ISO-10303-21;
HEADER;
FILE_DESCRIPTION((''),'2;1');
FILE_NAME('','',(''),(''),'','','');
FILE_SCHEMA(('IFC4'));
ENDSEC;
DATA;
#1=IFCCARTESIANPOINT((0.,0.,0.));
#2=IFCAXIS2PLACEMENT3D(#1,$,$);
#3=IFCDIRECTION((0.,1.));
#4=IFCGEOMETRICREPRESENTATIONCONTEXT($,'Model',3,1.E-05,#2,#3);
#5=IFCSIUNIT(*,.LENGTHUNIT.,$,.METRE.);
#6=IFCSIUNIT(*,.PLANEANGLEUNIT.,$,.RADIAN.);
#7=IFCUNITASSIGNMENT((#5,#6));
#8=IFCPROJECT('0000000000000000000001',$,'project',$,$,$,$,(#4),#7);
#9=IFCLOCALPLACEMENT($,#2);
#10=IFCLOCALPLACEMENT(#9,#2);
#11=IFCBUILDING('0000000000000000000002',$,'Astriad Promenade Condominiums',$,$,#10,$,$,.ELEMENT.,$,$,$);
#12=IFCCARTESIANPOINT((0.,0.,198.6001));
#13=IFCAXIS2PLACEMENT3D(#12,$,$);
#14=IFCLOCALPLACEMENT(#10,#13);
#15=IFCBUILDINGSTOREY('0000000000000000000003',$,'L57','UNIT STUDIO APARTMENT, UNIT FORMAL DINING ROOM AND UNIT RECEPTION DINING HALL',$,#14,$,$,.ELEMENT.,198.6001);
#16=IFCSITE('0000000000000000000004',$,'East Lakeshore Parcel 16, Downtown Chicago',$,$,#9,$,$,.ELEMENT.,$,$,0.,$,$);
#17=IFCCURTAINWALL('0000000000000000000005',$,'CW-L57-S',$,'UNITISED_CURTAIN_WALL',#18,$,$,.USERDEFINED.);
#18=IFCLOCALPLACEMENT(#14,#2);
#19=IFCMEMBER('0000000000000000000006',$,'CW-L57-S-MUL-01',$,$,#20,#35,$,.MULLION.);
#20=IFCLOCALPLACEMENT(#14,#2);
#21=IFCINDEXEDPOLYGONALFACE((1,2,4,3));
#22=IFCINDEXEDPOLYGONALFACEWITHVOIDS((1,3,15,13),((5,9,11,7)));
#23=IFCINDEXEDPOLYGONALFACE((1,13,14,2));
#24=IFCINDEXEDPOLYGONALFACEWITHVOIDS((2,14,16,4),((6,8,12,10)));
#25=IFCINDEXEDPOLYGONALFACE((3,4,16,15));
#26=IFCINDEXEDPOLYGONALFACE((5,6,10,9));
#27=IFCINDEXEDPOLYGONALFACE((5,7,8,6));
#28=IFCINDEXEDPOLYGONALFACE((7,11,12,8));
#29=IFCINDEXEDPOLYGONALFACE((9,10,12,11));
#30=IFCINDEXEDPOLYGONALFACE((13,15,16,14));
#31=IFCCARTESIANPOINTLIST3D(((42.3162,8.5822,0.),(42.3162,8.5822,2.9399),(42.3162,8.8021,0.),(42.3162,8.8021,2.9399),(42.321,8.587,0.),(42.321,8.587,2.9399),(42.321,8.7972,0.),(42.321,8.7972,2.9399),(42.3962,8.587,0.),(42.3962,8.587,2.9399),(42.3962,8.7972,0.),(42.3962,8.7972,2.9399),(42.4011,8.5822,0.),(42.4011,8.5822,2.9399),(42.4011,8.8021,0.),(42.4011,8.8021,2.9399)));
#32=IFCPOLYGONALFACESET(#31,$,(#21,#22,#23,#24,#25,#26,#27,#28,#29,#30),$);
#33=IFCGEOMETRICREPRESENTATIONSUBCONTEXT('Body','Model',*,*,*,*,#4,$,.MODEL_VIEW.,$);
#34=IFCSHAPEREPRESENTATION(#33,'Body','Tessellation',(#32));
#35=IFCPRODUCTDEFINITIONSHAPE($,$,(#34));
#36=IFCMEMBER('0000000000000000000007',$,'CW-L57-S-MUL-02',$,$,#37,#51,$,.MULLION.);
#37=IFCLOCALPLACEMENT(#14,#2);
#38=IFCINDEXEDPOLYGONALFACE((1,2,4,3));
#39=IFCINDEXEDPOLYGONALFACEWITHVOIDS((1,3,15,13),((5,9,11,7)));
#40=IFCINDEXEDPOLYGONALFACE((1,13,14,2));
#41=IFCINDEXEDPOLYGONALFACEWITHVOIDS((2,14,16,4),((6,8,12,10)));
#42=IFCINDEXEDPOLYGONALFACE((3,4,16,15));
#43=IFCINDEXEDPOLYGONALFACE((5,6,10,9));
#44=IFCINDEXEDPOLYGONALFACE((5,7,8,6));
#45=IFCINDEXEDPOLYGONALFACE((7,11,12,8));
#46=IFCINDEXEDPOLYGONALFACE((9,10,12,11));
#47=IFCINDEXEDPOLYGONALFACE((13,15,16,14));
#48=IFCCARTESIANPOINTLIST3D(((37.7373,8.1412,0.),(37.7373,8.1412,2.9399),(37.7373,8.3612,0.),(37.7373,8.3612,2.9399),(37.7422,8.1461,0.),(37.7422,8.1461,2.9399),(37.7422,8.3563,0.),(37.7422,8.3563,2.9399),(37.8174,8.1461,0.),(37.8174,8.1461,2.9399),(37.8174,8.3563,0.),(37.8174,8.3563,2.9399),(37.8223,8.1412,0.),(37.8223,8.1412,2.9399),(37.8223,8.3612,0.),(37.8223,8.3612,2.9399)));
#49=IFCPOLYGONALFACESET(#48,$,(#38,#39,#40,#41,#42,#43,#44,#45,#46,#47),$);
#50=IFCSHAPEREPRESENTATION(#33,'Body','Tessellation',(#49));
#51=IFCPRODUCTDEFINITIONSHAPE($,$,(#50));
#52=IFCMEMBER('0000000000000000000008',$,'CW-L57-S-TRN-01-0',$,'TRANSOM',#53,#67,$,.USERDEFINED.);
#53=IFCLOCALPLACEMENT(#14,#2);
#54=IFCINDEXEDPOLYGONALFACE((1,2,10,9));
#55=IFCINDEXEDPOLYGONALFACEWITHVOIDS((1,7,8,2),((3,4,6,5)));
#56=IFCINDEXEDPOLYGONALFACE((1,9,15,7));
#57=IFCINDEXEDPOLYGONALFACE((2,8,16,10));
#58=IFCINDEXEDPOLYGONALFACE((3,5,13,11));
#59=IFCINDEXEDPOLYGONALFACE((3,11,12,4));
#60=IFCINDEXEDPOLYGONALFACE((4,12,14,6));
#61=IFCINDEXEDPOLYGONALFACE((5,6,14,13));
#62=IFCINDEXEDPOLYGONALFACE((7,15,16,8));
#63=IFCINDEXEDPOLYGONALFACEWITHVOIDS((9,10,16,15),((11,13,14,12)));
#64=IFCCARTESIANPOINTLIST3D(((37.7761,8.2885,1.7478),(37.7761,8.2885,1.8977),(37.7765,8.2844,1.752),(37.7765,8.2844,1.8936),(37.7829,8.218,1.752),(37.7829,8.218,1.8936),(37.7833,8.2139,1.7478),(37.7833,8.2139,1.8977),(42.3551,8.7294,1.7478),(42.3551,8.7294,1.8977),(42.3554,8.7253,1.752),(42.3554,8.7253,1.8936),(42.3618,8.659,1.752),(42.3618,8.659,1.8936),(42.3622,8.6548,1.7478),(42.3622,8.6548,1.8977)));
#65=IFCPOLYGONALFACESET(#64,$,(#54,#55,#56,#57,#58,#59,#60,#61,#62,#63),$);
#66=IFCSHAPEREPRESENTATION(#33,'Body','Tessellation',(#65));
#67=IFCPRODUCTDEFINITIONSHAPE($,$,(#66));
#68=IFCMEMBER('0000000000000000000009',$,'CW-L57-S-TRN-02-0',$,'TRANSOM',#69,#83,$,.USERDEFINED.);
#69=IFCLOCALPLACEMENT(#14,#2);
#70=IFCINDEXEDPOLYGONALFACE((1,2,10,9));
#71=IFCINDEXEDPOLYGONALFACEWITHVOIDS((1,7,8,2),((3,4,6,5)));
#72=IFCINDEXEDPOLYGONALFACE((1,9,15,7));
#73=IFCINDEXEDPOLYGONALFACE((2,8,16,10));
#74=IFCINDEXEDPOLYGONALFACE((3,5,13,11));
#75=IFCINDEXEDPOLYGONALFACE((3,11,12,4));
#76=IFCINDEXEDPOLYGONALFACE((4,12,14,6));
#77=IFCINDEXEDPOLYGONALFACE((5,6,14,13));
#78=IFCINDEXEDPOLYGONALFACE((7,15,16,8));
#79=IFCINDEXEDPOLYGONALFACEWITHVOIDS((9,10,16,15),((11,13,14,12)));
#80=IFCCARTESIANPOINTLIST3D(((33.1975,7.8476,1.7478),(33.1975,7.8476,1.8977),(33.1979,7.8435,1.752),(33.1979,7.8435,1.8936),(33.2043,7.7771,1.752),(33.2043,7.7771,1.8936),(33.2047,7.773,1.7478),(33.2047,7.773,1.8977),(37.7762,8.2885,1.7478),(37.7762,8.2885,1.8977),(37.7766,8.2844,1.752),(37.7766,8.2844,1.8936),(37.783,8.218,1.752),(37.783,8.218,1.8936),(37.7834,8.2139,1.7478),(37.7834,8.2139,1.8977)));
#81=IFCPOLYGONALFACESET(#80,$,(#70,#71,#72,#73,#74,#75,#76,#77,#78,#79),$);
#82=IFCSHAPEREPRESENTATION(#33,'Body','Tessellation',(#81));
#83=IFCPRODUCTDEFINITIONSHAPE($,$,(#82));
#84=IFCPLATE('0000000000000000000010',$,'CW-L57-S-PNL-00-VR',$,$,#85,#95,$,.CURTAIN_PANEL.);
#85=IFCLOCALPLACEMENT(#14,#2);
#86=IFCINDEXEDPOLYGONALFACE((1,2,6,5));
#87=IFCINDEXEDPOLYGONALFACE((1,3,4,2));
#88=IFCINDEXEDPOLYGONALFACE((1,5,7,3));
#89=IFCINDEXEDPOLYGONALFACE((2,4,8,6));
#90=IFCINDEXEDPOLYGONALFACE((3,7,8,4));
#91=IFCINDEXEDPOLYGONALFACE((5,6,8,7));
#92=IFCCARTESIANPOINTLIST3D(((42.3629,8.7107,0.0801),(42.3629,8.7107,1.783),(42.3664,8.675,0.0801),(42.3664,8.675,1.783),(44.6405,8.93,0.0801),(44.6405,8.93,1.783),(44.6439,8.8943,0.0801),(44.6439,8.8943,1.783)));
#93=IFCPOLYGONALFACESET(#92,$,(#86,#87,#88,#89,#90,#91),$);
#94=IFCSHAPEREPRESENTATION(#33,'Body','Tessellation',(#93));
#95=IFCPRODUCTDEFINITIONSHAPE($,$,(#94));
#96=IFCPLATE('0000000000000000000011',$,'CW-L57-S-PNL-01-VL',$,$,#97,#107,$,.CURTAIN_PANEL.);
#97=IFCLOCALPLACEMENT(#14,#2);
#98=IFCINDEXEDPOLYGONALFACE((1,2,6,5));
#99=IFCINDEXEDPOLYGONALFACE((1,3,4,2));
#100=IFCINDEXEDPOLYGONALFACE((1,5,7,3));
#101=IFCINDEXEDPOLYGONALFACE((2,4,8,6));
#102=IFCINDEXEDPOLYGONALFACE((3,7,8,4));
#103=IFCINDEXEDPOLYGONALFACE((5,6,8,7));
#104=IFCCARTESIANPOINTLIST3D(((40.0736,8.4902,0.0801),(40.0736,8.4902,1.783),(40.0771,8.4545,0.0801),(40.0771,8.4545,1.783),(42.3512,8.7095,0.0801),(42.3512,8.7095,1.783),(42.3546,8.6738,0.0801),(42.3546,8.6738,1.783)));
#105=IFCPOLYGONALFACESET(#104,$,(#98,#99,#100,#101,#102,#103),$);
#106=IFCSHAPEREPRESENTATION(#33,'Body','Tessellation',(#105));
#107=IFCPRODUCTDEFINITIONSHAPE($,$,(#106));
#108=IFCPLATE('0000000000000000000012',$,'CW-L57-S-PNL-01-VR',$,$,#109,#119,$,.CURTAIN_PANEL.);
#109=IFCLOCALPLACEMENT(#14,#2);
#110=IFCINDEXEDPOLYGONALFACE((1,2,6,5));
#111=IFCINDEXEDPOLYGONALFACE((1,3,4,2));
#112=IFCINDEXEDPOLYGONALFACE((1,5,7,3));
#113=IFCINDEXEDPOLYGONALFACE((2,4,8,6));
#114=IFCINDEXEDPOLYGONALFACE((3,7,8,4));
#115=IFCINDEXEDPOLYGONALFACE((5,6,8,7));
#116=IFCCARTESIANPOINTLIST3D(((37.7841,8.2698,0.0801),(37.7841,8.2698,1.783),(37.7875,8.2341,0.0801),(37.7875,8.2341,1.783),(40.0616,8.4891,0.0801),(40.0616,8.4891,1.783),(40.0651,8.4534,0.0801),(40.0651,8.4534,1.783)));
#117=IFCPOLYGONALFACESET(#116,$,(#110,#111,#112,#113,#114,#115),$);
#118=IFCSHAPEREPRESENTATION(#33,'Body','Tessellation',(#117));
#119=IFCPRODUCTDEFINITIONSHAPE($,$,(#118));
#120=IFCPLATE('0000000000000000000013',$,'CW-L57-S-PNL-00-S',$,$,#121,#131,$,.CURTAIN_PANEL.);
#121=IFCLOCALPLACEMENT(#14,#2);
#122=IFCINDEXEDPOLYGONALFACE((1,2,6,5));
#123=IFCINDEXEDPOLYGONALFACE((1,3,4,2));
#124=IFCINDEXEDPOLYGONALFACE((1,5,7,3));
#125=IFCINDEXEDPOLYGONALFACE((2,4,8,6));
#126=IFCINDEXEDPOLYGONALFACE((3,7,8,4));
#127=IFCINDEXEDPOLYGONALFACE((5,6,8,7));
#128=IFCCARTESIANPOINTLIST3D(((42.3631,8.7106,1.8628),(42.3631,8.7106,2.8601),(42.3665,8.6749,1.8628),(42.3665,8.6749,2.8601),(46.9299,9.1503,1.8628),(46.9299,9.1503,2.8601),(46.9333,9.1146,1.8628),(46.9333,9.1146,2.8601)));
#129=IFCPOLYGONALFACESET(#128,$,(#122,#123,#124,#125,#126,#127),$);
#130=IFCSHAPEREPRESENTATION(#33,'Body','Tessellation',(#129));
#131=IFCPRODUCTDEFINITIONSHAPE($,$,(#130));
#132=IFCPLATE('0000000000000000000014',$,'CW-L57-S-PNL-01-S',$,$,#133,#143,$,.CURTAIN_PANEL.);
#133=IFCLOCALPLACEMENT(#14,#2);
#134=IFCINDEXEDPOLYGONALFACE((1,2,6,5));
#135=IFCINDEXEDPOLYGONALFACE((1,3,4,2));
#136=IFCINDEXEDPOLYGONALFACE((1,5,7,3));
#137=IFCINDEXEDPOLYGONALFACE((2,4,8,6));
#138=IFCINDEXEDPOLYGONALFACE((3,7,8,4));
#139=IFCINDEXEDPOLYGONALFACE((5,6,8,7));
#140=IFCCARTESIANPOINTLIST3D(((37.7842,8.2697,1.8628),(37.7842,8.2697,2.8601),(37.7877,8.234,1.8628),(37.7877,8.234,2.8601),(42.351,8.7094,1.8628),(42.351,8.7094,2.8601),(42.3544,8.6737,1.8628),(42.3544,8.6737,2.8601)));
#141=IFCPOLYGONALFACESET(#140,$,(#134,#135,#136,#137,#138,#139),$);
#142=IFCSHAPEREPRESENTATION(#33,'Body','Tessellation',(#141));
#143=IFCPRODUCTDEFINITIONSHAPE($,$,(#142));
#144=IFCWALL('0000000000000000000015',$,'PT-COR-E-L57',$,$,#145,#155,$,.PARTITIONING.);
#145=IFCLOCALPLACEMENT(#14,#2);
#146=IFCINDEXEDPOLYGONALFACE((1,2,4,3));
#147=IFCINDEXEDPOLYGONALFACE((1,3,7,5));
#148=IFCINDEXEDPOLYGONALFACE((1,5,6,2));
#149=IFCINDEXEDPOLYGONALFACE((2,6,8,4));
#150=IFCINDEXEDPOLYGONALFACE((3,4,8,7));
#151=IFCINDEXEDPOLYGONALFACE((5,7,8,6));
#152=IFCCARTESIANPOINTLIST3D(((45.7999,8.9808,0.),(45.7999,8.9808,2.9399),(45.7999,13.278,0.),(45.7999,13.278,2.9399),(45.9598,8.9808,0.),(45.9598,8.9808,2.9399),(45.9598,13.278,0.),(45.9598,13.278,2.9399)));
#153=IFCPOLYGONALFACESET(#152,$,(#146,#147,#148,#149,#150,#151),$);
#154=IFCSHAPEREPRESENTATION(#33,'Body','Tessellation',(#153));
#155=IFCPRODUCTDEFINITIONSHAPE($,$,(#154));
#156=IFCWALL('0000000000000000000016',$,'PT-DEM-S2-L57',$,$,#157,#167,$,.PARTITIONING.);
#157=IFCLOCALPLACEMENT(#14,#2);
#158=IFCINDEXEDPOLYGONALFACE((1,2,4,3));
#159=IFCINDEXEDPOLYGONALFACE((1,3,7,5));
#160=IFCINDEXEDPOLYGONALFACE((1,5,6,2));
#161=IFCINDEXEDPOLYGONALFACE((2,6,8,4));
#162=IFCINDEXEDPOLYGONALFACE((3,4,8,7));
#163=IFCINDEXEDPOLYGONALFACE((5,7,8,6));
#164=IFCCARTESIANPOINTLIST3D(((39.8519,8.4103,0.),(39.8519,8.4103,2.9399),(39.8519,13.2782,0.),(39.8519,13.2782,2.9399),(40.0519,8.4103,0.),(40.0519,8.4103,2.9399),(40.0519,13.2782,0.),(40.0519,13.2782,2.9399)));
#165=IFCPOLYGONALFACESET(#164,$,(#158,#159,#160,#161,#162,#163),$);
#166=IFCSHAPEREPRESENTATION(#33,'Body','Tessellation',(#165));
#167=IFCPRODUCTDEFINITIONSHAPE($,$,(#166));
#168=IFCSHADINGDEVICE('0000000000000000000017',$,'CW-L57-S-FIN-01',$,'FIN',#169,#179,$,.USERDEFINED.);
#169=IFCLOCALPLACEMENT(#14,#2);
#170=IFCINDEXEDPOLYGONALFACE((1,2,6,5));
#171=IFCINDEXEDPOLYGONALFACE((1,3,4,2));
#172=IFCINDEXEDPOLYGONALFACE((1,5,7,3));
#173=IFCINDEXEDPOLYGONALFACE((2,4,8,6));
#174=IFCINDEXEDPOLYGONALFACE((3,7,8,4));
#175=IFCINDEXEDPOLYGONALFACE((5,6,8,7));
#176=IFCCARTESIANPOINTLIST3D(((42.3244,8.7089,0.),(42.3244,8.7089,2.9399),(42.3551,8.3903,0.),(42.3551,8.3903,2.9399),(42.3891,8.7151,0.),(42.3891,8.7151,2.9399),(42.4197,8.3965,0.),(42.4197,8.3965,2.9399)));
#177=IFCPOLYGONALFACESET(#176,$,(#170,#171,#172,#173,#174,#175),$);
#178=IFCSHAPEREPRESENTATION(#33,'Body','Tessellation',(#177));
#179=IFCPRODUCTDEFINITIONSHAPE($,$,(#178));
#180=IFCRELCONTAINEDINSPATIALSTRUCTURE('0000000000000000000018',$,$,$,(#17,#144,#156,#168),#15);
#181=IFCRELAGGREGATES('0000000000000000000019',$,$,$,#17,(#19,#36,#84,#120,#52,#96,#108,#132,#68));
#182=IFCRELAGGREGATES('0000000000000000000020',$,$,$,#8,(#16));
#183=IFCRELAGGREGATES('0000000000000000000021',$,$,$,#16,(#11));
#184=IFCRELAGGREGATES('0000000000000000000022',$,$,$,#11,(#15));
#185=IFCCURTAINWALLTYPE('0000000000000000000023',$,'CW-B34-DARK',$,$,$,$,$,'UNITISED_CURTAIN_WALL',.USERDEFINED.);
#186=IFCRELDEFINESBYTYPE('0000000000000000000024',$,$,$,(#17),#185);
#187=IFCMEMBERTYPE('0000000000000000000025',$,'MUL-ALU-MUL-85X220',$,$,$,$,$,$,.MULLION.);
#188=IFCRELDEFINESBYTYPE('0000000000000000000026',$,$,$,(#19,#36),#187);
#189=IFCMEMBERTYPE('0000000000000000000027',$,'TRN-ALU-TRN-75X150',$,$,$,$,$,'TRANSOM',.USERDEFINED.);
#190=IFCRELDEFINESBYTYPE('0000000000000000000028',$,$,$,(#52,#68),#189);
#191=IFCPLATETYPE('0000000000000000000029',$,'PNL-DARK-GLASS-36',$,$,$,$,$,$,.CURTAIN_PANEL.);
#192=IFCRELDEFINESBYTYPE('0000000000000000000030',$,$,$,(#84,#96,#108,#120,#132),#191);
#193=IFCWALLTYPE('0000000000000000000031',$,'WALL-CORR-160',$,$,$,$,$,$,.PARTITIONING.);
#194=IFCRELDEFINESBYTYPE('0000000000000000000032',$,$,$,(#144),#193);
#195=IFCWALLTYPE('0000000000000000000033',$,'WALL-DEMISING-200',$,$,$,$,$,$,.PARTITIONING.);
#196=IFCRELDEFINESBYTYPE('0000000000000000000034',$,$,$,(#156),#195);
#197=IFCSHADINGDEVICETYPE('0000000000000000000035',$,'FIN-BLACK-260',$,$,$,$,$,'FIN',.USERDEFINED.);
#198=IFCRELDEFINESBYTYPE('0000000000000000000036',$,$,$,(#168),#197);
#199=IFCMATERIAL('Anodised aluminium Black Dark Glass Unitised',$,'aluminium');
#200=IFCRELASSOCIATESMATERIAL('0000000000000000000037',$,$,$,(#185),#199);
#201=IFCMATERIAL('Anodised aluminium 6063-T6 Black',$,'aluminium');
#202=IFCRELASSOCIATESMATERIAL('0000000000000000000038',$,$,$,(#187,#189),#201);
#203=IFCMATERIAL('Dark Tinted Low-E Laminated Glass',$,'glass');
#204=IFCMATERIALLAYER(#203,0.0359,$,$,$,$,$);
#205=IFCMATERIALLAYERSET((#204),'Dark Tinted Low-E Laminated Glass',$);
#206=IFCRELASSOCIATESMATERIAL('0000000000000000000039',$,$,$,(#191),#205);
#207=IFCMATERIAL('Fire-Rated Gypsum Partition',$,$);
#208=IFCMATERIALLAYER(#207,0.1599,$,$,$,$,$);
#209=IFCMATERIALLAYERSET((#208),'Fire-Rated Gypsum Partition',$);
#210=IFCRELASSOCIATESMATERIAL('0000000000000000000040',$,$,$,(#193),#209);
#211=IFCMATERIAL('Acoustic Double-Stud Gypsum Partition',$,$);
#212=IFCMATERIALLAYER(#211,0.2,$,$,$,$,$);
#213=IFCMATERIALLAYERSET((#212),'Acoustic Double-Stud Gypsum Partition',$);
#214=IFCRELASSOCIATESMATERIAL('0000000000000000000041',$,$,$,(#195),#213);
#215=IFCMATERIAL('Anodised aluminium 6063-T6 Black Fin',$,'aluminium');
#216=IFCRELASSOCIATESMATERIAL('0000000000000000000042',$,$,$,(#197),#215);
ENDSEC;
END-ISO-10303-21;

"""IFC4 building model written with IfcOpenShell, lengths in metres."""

from ifc_helpers import new_model, si_unit, direction, frame, frame_2d, origin, origin_2d, place, context, subcontext, project, spatial, rectangle, hollow_rectangle, extrude, source, transform, mapped, material, layer, layer_set, material_profile, profile_set, type_object, type_shapes, element, aggregate, save


model = new_model("IFC4")

# Units and contexts
model_context = context("Model", 3, precision=1e-05, world=origin(), true_north=direction((0.0, 1.0)))
body_context = subcontext(model_context, "Body", "Model", "MODEL_VIEW")
ifc_project = project(units=[si_unit("LENGTHUNIT", "METRE"), si_unit("PLANEANGLEUNIT", "RADIAN")], contexts=[model_context])

# Site, building, storey
site_placement = place(None, origin())
site = spatial("IfcSite", under=ifc_project, at=site_placement, Name="East Lakeshore Parcel 16, Downtown Chicago", CompositionType="ELEMENT", RefElevation=0.0)
building_placement = place(site_placement, origin())
building = spatial("IfcBuilding", under=site, at=building_placement, Name="Astriad Promenade Condominiums", CompositionType="ELEMENT")
storey_placement = place(building_placement, frame((0.0, 0.0, 198.6001)))
storey = spatial("IfcBuildingStorey", under=building, at=storey_placement, Name="L57", Description="UNIT STUDIO APARTMENT, UNIT FORMAL DINING ROOM AND UNIT RECEPTION DINING HALL", CompositionType="ELEMENT", Elevation=198.6001)

# Curtain wall, members, plates
ifc_material_1 = material(Name="Anodised aluminium Black Dark Glass Unitised", Category="aluminium")
curtain_wall_type = type_object("IfcCurtainWallType", Name="CW-B34-DARK", ElementType="UNITISED_CURTAIN_WALL", PredefinedType="USERDEFINED", material=ifc_material_1)
curtain_wall_placement = place(storey_placement, origin())
curtain_wall = element("IfcCurtainWall", 1, at=curtain_wall_placement, inside=storey, type_object=curtain_wall_type, Name="CW-L57-S", ObjectType="UNITISED_CURTAIN_WALL", PredefinedType="USERDEFINED")
ifc_material_2 = material(Name="Anodised aluminium 6063-T6 Black", Category="aluminium")
ifc_material_profile_1 = material_profile(ifc_material_2, hollow_rectangle(XDim=0.085, YDim=0.22, WallThickness=0.0049, at=origin_2d()), Name="ALU-MUL-85X220")
ifc_profile_set_1 = profile_set([ifc_material_profile_1], Name="Anodised aluminium 6063-T6 Black")
member_type_1 = type_object("IfcMemberType", Name="MUL-ALU-MUL-85X220", PredefinedType="MULLION", material=ifc_profile_set_1)
shared_shape_1 = source(origin(), body_context, "Body", "SweptSolid", [
    extrude(hollow_rectangle(XDim=0.085, YDim=0.22, WallThickness=0.0049, at=origin_2d()), origin(), (0.0, 0.0, 1.0), 2.9399),
])
type_shapes(member_type_1, [shared_shape_1])
member_1_placement = place(storey_placement, frame((42.3586, 8.6921, 0.0), z_axis=(0.0, 0.0, 1.0), x_axis=(1.0, 0.0, 0.0)))
member_1 = element("IfcMember", 2, at=member_1_placement, type_object=member_type_1, Name="CW-L57-S-MUL-01", PredefinedType="MULLION", context=body_context, shape_type="MappedRepresentation", body=[
    mapped(shared_shape_1, transform((0.0, 0.0, 0.0), scale=1.0)),
])
member_2_placement = place(storey_placement, frame((37.7798, 8.2512, 0.0), z_axis=(0.0, 0.0, 1.0), x_axis=(1.0, 0.0, 0.0)))
member_2 = element("IfcMember", 3, at=member_2_placement, type_object=member_type_1, Name="CW-L57-S-MUL-02", PredefinedType="MULLION", context=body_context, shape_type="MappedRepresentation", body=[
    mapped(shared_shape_1, transform((0.0, 0.0, 0.0), scale=1.0)),
])
ifc_material_profile_2 = material_profile(ifc_material_2, hollow_rectangle(XDim=0.075, YDim=0.1499, WallThickness=0.0042, at=origin_2d()), Name="ALU-TRN-75X150")
ifc_profile_set_2 = profile_set([ifc_material_profile_2], Name="Anodised aluminium 6063-T6 Black")
member_type_2 = type_object("IfcMemberType", Name="TRN-ALU-TRN-75X150", ElementType="TRANSOM", PredefinedType="USERDEFINED", material=ifc_profile_set_2)
shared_shape_2 = source(origin(), body_context, "Body", "SweptSolid", [
    extrude(hollow_rectangle(XDim=0.075, YDim=0.1499, WallThickness=0.0042, at=origin_2d()), origin(), (0.0, 0.0, 1.0), 4.6001),
])
member_3_placement = place(storey_placement, frame((42.3586, 8.6921, 1.8228), z_axis=(-0.995396, -0.095851, 0.0), x_axis=(0.095851, -0.995396, 0.0)))
member_3 = element("IfcMember", 4, at=member_3_placement, type_object=member_type_2, Name="CW-L57-S-TRN-01-0", ObjectType="TRANSOM", PredefinedType="USERDEFINED", context=body_context, shape_type="MappedRepresentation", body=[
    mapped(shared_shape_2, transform((0.0, 0.0, 0.0), scale=1.0)),
])
shared_shape_3 = source(origin(), body_context, "Body", "SweptSolid", [
    extrude(hollow_rectangle(XDim=0.075, YDim=0.1499, WallThickness=0.0042, at=origin_2d()), origin(), (0.0, 0.0, 1.0), 4.5999),
])
type_shapes(member_type_2, [shared_shape_2, shared_shape_3])
member_4_placement = place(storey_placement, frame((37.7798, 8.2512, 1.8228), z_axis=(-0.995395, -0.095856, 0.0), x_axis=(0.095856, -0.995395, 0.0)))
member_4 = element("IfcMember", 5, at=member_4_placement, type_object=member_type_2, Name="CW-L57-S-TRN-02-0", ObjectType="TRANSOM", PredefinedType="USERDEFINED", context=body_context, shape_type="MappedRepresentation", body=[
    mapped(shared_shape_3, transform((0.0, 0.0, 0.0), scale=1.0)),
])
ifc_material_3 = material(Name="Dark Tinted Low-E Laminated Glass", Category="glass")
ifc_layer_1 = layer(ifc_material_3, 0.0359)
ifc_layer_set_1 = layer_set([ifc_layer_1], Name="Dark Tinted Low-E Laminated Glass")
plate_type = type_object("IfcPlateType", Name="PNL-DARK-GLASS-36", PredefinedType="CURTAIN_PANEL", material=ifc_layer_set_1)
shared_shape_4 = source(origin(), body_context, "Body", "SweptSolid", [
    extrude(rectangle(XDim=2.2881, YDim=0.0359, at=origin_2d()), origin(), (0.0, 0.0, 1.0), 1.7029),
])
plate_1_placement = place(storey_placement, frame((43.5034, 8.8025, 0.0801), z_axis=(0.0, 0.0, 1.0), x_axis=(-0.995396, -0.095846, 0.0)))
plate_1 = element("IfcPlate", 6, at=plate_1_placement, type_object=plate_type, Name="CW-L57-S-PNL-00-VR", PredefinedType="CURTAIN_PANEL", context=body_context, shape_type="MappedRepresentation", body=[
    mapped(shared_shape_4, transform((0.0, 0.0, 0.0), scale=1.0)),
])
plate_2_placement = place(storey_placement, frame((41.2141, 8.582, 0.0801), z_axis=(0.0, 0.0, 1.0), x_axis=(-0.995396, -0.095846, 0.0)))
plate_2 = element("IfcPlate", 7, at=plate_2_placement, type_object=plate_type, Name="CW-L57-S-PNL-01-VL", PredefinedType="CURTAIN_PANEL", context=body_context, shape_type="MappedRepresentation", body=[
    mapped(shared_shape_4, transform((0.0, 0.0, 0.0), scale=1.0)),
])
plate_3_placement = place(storey_placement, frame((38.9246, 8.3616, 0.0801), z_axis=(0.0, 0.0, 1.0), x_axis=(-0.995396, -0.095846, 0.0)))
plate_3 = element("IfcPlate", 8, at=plate_3_placement, type_object=plate_type, Name="CW-L57-S-PNL-01-VR", PredefinedType="CURTAIN_PANEL", context=body_context, shape_type="MappedRepresentation", body=[
    mapped(shared_shape_4, transform((0.0, 0.0, 0.0), scale=1.0)),
])
shared_shape_5 = source(origin(), body_context, "Body", "SweptSolid", [
    extrude(rectangle(XDim=4.5879, YDim=0.0359, at=origin_2d()), origin(), (0.0, 0.0, 1.0), 0.9973),
])
type_shapes(plate_type, [shared_shape_4, shared_shape_5])
plate_4_placement = place(storey_placement, frame((44.6482, 8.9126, 1.8628), z_axis=(0.0, 0.0, 1.0), x_axis=(-0.995396, -0.095846, 0.0)))
plate_4 = element("IfcPlate", 9, at=plate_4_placement, type_object=plate_type, Name="CW-L57-S-PNL-00-S", PredefinedType="CURTAIN_PANEL", context=body_context, shape_type="MappedRepresentation", body=[
    mapped(shared_shape_5, transform((0.0, 0.0, 0.0), scale=1.0)),
])
plate_5_placement = place(storey_placement, frame((40.0693, 8.4717, 1.8628), z_axis=(0.0, 0.0, 1.0), x_axis=(-0.995396, -0.095846, 0.0)))
plate_5 = element("IfcPlate", 10, at=plate_5_placement, type_object=plate_type, Name="CW-L57-S-PNL-01-S", PredefinedType="CURTAIN_PANEL", context=body_context, shape_type="MappedRepresentation", body=[
    mapped(shared_shape_5, transform((0.0, 0.0, 0.0), scale=1.0)),
])
aggregate(curtain_wall, [member_1, member_2, plate_1, plate_4, member_3, plate_2, plate_3, plate_5, member_4])

# Walls
ifc_material_4 = material(Name="Fire-Rated Gypsum Partition")
ifc_layer_2 = layer(ifc_material_4, 0.1599)
ifc_layer_set_2 = layer_set([ifc_layer_2], Name="Fire-Rated Gypsum Partition")
wall_type_1 = type_object("IfcWallType", Name="WALL-CORR-160", PredefinedType="PARTITIONING", material=ifc_layer_set_2)
wall_1_placement = place(storey_placement, frame((45.8799, 8.981, 0.0), z_axis=(0.0, 0.0, 1.0), x_axis=(0.0, 1.0, 0.0)))
element("IfcWall", 11, at=wall_1_placement, inside=storey, type_object=wall_type_1, Name="PT-COR-E-L57", PredefinedType="PARTITIONING", context=body_context, shape_type="SweptSolid", body=[
    extrude(rectangle(XDim=4.2971, YDim=0.1599, at=frame_2d((2.1484, 0.0))), origin(), (0.0, 0.0, 1.0), 2.9399),
])
ifc_material_5 = material(Name="Acoustic Double-Stud Gypsum Partition")
ifc_layer_3 = layer(ifc_material_5, 0.2)
ifc_layer_set_3 = layer_set([ifc_layer_3], Name="Acoustic Double-Stud Gypsum Partition")
wall_type_2 = type_object("IfcWallType", Name="WALL-DEMISING-200", PredefinedType="PARTITIONING", material=ifc_layer_set_3)
wall_2_placement = place(storey_placement, frame((39.9519, 8.4102, 0.0), z_axis=(0.0, 0.0, 1.0), x_axis=(0.0, 1.0, 0.0)))
element("IfcWall", 12, at=wall_2_placement, inside=storey, type_object=wall_type_2, Name="PT-DEM-S2-L57", PredefinedType="PARTITIONING", context=body_context, shape_type="SweptSolid", body=[
    extrude(rectangle(XDim=4.8679, YDim=0.2, at=frame_2d((2.4341, 0.0))), origin(), (0.0, 0.0, 1.0), 2.9399),
])

# Shading device
ifc_material_6 = material(Name="Anodised aluminium 6063-T6 Black Fin", Category="aluminium")
shading_device_type = type_object("IfcShadingDeviceType", Name="FIN-BLACK-260", ElementType="FIN", PredefinedType="USERDEFINED", material=ifc_material_6)
shared_shape_6 = source(origin(), body_context, "Body", "SweptSolid", [
    extrude(rectangle(XDim=0.0649, YDim=0.3201, at=origin_2d()), origin(), (0.0, 0.0, 1.0), 2.9399),
])
type_shapes(shading_device_type, [shared_shape_6])
for number, where, z_axis, x_axis, name in (
    (13, (42.3721, 8.5527, 0.0), (0.0, 0.0, 1.0), (-0.995396, -0.095846, 0.0), "CW-L57-S-FIN-01"),
):
    element("IfcShadingDevice", number, at=place(storey_placement, frame(where, z_axis=z_axis, x_axis=x_axis)), inside=storey, type_object=shading_device_type, Name=name, ObjectType="FIN", PredefinedType="USERDEFINED", context=body_context, shape_type="MappedRepresentation", body=[
        mapped(shared_shape_6, transform((0.0, 0.0, 0.0), scale=1.0)),
    ])

save(model, "model.ifc")
